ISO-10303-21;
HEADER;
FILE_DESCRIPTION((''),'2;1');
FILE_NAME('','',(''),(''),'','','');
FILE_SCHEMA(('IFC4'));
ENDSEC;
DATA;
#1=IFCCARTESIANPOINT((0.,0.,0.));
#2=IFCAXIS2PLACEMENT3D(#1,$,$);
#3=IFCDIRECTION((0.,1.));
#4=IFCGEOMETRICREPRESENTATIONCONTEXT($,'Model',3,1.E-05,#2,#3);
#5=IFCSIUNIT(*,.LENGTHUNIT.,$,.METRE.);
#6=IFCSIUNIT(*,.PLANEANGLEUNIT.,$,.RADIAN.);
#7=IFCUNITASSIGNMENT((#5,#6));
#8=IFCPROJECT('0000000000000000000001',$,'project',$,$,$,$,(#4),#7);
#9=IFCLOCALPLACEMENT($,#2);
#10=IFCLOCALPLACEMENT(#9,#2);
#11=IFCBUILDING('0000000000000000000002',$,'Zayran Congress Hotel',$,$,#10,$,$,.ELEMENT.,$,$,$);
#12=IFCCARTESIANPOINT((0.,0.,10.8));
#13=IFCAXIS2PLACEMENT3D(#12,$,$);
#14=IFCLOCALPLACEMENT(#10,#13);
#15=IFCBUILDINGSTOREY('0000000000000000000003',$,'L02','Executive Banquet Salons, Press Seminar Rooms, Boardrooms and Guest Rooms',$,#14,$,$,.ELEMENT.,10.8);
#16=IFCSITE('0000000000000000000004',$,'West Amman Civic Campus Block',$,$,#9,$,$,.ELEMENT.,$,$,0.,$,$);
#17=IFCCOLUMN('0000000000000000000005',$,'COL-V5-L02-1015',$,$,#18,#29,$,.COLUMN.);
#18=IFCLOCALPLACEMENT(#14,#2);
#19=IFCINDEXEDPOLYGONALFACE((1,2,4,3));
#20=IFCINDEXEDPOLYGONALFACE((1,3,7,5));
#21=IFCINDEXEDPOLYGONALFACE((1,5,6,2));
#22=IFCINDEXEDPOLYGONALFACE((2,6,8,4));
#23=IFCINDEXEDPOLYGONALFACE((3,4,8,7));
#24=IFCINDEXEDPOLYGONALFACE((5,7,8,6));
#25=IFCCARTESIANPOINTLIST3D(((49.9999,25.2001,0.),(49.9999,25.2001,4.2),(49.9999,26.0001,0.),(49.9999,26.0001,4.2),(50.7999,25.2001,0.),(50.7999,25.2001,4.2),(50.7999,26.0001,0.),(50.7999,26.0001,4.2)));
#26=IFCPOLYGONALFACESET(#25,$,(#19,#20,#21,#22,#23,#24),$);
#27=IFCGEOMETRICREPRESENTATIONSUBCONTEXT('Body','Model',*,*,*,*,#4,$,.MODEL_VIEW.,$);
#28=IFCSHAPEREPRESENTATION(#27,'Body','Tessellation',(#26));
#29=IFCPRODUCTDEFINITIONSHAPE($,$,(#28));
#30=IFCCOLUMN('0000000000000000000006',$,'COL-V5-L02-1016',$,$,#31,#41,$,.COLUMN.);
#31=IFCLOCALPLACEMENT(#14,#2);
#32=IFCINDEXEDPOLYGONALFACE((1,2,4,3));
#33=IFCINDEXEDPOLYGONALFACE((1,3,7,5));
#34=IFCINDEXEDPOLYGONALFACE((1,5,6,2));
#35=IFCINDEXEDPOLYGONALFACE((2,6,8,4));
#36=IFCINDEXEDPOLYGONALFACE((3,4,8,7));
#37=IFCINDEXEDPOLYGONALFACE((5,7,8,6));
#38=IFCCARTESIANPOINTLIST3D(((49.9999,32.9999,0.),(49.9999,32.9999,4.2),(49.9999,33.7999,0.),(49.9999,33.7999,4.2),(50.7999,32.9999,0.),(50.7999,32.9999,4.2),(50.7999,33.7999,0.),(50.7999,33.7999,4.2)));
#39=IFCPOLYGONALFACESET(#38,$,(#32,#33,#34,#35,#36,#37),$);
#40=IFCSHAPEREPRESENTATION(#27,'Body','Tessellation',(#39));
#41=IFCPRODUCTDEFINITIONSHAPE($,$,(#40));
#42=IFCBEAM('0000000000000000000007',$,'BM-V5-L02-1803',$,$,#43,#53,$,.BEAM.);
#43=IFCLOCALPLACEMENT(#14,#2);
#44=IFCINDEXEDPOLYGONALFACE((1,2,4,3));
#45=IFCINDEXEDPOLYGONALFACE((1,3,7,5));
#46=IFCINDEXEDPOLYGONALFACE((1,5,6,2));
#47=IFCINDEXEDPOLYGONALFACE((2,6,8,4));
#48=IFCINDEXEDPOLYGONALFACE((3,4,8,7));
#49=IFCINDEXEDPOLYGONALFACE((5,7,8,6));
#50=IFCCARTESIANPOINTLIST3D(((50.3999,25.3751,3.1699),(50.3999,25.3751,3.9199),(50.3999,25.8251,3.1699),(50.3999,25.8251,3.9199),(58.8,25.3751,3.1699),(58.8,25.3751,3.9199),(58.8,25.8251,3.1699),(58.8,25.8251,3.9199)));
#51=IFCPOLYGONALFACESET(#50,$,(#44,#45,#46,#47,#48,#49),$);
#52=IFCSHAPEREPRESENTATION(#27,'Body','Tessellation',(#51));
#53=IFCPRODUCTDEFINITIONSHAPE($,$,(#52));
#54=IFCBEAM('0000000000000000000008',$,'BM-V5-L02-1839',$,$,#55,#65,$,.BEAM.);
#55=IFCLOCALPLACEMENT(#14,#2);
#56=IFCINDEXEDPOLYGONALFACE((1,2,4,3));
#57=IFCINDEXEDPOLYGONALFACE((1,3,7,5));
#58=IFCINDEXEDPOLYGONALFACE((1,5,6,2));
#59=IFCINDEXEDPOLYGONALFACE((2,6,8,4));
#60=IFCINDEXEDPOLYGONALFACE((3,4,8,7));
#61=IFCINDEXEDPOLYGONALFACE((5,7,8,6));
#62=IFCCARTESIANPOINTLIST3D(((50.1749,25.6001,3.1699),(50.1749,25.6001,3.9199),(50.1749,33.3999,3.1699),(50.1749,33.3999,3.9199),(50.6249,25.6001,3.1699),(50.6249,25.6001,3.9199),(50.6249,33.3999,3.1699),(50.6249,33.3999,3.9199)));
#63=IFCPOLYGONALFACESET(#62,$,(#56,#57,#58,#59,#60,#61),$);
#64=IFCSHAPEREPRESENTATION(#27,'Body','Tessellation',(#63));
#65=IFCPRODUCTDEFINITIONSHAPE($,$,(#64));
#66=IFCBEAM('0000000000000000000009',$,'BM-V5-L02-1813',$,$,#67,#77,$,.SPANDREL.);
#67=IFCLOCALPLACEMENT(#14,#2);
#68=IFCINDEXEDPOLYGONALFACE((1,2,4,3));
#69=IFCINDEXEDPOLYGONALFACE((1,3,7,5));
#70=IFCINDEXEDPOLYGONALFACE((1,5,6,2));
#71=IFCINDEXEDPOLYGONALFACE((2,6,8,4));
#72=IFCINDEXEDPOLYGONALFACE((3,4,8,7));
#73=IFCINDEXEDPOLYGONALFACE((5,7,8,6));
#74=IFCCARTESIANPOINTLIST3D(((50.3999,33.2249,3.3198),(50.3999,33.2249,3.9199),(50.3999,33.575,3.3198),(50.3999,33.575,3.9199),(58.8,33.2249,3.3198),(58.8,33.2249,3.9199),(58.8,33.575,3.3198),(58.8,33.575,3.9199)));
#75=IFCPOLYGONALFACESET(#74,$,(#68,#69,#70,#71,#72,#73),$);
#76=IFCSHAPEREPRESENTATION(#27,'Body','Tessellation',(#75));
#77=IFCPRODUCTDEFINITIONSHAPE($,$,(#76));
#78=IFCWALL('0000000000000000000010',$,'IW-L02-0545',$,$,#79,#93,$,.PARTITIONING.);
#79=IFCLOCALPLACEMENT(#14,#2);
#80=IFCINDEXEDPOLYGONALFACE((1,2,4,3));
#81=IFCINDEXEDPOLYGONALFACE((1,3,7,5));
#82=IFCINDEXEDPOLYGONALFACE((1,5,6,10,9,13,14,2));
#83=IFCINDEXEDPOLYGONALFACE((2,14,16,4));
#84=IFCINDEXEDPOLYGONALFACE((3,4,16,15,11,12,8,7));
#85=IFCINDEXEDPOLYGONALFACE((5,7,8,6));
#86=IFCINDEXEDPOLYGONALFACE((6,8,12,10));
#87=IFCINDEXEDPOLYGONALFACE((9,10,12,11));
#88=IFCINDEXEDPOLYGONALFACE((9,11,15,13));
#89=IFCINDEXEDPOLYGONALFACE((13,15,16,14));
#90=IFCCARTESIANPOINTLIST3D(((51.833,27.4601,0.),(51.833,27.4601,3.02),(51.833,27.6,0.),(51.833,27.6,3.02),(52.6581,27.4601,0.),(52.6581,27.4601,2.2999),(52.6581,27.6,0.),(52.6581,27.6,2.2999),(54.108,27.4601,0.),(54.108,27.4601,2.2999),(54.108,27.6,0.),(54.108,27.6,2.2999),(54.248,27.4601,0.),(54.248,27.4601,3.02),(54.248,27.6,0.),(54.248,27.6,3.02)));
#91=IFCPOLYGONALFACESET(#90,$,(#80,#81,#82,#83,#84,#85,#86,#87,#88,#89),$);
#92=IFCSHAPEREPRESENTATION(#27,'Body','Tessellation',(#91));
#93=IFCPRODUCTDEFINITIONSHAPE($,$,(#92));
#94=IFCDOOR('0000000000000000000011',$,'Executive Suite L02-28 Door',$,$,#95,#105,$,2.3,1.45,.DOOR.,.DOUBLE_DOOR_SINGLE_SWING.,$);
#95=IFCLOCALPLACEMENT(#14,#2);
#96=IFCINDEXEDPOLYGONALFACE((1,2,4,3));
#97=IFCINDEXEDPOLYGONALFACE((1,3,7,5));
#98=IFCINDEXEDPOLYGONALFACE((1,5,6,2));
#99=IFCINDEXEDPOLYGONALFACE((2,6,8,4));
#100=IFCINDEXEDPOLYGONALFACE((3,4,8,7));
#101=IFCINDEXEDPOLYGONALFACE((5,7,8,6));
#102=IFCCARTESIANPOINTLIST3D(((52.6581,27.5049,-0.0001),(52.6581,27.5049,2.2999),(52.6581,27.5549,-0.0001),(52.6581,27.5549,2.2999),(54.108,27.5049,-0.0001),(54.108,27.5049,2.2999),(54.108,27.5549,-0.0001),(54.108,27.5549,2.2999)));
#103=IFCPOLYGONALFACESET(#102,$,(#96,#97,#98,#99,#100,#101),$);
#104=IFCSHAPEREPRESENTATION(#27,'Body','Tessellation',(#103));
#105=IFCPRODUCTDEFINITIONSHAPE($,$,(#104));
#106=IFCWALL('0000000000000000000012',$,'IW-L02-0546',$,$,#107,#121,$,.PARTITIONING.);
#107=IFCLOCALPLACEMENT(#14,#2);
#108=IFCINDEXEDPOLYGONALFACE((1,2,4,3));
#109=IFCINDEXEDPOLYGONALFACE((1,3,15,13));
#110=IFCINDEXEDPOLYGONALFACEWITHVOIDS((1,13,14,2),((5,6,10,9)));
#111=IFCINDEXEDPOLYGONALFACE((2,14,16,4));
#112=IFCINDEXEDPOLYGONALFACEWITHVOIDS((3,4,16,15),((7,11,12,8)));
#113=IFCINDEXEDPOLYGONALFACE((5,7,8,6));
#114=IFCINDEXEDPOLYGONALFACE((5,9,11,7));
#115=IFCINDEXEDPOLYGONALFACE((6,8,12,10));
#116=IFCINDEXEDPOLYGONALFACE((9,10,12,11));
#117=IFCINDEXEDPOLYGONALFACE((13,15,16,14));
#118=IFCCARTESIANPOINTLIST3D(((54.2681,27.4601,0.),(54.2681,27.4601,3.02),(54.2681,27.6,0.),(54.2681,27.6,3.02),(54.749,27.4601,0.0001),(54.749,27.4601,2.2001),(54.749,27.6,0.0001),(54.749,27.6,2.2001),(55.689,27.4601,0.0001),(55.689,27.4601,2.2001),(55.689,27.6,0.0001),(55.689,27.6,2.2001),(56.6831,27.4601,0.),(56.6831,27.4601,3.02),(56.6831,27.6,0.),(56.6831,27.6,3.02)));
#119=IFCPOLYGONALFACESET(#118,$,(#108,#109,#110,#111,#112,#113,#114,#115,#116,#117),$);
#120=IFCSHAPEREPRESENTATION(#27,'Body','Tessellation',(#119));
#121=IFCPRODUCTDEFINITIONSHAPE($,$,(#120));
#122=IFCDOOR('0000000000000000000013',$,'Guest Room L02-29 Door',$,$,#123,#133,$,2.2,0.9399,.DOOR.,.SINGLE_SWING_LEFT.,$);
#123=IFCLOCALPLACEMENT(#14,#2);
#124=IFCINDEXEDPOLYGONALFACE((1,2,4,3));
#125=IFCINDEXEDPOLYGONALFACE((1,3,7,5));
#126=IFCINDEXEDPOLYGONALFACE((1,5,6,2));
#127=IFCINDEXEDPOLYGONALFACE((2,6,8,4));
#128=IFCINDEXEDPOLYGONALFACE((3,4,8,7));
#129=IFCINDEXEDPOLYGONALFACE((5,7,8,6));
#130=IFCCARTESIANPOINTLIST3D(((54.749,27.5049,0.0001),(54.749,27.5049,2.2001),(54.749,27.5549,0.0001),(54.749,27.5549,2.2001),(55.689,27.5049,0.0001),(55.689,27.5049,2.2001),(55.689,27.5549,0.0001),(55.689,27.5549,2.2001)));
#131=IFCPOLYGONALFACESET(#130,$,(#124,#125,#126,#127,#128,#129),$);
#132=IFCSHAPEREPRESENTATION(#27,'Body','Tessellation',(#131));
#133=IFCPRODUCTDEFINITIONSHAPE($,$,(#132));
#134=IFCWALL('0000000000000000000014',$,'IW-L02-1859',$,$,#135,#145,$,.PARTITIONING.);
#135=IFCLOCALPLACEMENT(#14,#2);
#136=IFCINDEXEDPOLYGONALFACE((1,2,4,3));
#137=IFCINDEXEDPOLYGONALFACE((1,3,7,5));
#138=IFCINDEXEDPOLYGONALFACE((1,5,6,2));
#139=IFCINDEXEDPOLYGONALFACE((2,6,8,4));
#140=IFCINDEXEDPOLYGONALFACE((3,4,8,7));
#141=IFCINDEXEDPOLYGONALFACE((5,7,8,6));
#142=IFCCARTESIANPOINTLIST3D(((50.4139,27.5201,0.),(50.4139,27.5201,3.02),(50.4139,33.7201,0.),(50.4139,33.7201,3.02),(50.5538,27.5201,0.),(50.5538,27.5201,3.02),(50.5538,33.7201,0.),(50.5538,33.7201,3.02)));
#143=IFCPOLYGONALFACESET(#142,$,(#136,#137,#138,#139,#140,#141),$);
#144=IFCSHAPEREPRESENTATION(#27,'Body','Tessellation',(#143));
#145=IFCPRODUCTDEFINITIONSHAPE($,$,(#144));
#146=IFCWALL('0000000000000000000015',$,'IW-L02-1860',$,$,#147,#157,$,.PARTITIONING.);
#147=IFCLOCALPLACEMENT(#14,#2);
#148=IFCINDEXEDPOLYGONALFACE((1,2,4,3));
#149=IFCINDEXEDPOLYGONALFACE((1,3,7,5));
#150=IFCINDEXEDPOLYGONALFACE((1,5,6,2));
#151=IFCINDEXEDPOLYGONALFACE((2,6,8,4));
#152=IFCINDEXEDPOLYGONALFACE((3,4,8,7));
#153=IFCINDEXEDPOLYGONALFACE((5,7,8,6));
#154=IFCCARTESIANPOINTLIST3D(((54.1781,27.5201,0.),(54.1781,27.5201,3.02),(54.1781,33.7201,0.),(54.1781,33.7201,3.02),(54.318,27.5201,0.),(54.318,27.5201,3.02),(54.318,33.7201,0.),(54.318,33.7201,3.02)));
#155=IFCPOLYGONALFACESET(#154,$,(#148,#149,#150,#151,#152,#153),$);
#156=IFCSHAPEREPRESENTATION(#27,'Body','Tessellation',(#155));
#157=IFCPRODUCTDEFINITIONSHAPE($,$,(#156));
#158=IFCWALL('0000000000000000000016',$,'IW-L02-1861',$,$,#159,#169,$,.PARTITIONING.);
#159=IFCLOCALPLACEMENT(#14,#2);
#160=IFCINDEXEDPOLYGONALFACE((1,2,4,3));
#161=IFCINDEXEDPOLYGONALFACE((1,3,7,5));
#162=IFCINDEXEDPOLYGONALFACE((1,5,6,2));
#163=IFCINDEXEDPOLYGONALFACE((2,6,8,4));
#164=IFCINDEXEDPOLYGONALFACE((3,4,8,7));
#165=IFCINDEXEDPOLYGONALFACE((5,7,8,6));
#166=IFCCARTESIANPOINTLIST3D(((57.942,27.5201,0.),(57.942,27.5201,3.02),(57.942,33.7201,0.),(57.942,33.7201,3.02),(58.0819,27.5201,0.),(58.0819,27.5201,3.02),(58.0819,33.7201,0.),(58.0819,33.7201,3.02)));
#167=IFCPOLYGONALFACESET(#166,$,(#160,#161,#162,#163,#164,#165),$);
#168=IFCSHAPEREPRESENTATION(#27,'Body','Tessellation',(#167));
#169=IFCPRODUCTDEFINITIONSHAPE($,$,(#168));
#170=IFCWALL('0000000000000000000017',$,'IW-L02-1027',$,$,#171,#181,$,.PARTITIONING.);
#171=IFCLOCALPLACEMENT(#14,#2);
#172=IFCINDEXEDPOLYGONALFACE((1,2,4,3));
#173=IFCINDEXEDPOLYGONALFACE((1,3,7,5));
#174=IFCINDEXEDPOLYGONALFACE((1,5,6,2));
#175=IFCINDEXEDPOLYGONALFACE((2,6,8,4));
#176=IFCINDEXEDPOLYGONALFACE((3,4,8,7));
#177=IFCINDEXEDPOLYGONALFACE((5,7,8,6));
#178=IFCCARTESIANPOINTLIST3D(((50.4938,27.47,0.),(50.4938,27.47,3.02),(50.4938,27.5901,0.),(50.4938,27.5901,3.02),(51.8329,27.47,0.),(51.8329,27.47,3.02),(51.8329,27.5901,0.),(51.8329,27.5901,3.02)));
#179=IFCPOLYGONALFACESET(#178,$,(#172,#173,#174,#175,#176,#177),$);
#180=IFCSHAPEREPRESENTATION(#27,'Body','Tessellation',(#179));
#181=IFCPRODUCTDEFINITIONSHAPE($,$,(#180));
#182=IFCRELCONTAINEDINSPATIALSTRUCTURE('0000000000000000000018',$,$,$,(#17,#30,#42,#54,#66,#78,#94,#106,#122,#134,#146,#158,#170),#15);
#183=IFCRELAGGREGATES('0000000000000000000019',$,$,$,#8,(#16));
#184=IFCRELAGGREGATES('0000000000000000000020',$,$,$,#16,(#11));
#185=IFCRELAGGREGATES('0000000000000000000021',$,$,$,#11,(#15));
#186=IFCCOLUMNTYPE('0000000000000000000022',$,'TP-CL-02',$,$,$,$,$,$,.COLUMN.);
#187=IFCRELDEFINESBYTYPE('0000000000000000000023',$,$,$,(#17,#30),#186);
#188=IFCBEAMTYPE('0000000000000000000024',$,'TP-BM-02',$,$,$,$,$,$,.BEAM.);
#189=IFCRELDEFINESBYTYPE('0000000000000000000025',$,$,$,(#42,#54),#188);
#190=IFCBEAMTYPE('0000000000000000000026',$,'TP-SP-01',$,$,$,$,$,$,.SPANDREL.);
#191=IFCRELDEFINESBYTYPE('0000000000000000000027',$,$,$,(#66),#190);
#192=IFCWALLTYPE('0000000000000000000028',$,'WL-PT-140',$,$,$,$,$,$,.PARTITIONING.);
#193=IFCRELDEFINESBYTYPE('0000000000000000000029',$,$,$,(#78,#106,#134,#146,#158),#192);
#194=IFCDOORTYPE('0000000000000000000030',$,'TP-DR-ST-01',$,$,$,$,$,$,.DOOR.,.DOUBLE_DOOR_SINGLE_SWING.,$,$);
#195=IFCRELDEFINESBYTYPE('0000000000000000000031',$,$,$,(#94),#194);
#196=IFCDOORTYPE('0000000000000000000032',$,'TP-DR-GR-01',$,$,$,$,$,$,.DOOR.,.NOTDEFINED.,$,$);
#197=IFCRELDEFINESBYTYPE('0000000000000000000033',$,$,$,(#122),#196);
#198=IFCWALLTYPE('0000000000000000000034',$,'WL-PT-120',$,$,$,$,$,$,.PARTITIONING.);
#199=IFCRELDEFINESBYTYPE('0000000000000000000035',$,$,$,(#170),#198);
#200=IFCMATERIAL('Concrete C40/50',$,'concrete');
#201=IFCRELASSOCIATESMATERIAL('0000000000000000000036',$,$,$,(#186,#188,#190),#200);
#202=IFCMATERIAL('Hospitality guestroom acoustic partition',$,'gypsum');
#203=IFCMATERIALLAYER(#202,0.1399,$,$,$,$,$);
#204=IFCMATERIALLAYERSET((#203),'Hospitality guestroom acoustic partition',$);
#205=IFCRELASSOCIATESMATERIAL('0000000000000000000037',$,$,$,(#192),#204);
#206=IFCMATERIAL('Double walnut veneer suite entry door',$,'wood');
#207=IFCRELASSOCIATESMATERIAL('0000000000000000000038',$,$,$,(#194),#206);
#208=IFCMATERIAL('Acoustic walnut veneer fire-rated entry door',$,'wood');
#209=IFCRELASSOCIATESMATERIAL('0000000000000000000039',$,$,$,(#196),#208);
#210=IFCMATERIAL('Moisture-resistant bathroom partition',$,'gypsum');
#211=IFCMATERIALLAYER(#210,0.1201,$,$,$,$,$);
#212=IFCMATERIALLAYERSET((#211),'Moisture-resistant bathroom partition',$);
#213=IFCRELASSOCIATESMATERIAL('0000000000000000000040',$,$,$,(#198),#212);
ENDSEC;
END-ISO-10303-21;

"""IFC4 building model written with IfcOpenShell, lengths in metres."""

from ifc_helpers import new_model, si_unit, direction, frame, frame_2d, origin, origin_2d, place, context, subcontext, project, spatial, rectangle, extrude, material, layer, layer_set, material_profile, profile_set, type_object, element, fill, save


model = new_model("IFC4")

# Units and contexts
model_context = context("Model", 3, precision=1e-05, world=origin(), true_north=direction((0.0, 1.0)))
body_context = subcontext(model_context, "Body", "Model", "MODEL_VIEW")
ifc_project = project(units=[si_unit("LENGTHUNIT", "METRE"), si_unit("PLANEANGLEUNIT", "RADIAN")], contexts=[model_context])

# Site, building, storey
site_placement = place(None, origin())
site = spatial("IfcSite", under=ifc_project, at=site_placement, Name="West Amman Civic Campus Block", CompositionType="ELEMENT", RefElevation=0.0)
building_placement = place(site_placement, origin())
building = spatial("IfcBuilding", under=site, at=building_placement, Name="Zayran Congress Hotel", CompositionType="ELEMENT")
storey_placement = place(building_placement, frame((0.0, 0.0, 10.8)))
storey = spatial("IfcBuildingStorey", under=building, at=storey_placement, Name="L02", Description="Executive Banquet Salons, Press Seminar Rooms, Boardrooms and Guest Rooms", CompositionType="ELEMENT", Elevation=10.8)

# Columns
ifc_material_1 = material(Name="Concrete C40/50", Category="concrete")
ifc_material_profile_1 = material_profile(ifc_material_1, rectangle(XDim=0.8, YDim=0.8, at=origin_2d()), Name="RC 800x800")
ifc_profile_set_1 = profile_set([ifc_material_profile_1], Name="Concrete C40/50")
column_type = type_object("IfcColumnType", Name="TP-CL-02", PredefinedType="COLUMN", material=ifc_profile_set_1)
for number, where, z_axis, x_axis, name in (
    (1, (50.3999, 25.6001, 0.0), (0.0, 0.0, 1.0), (1.0, 0.0, 0.0), "COL-V5-L02-1015"),
    (2, (50.3999, 33.3999, 0.0), (0.0, 0.0, 1.0), (1.0, 0.0, 0.0), "COL-V5-L02-1016"),
):
    element("IfcColumn", number, at=place(storey_placement, frame(where, z_axis=z_axis, x_axis=x_axis)), inside=storey, type_object=column_type, Name=name, PredefinedType="COLUMN", context=body_context, shape_type="SweptSolid", body=[
        extrude(rectangle(XDim=0.8, YDim=0.8, at=origin_2d()), origin(), (0.0, 0.0, 1.0), 4.2),
    ])

# Beams
ifc_material_profile_2 = material_profile(ifc_material_1, rectangle(XDim=0.45, YDim=0.75, at=origin_2d()), Name="RC 450x750")
ifc_profile_set_2 = profile_set([ifc_material_profile_2], Name="Concrete C40/50")
beam_type_1 = type_object("IfcBeamType", Name="TP-BM-02", PredefinedType="BEAM", material=ifc_profile_set_2)
beam_1_placement = place(storey_placement, frame((50.3999, 25.6001, 3.5449), z_axis=(1.0, 0.0, 0.0), x_axis=(0.0, 1.0, 0.0)))
element("IfcBeam", 3, at=beam_1_placement, inside=storey, type_object=beam_type_1, Name="BM-V5-L02-1803", PredefinedType="BEAM", context=body_context, shape_type="SweptSolid", body=[
    extrude(rectangle(XDim=0.45, YDim=0.75, at=origin_2d()), origin(), (0.0, 0.0, 1.0), 8.4001),
])
beam_2_placement = place(storey_placement, frame((50.3999, 25.6001, 3.5449), z_axis=(0.0, 1.0, 0.0), x_axis=(-1.0, 0.0, 0.0)))
element("IfcBeam", 4, at=beam_2_placement, inside=storey, type_object=beam_type_1, Name="BM-V5-L02-1839", PredefinedType="BEAM", context=body_context, shape_type="SweptSolid", body=[
    extrude(rectangle(XDim=0.45, YDim=0.75, at=origin_2d()), origin(), (0.0, 0.0, 1.0), 7.7998),
])
ifc_material_profile_3 = material_profile(ifc_material_1, rectangle(XDim=0.3501, YDim=0.6001, at=origin_2d()), Name="RC 350x600")
ifc_profile_set_3 = profile_set([ifc_material_profile_3], Name="Concrete C40/50")
beam_type_2 = type_object("IfcBeamType", Name="TP-SP-01", PredefinedType="SPANDREL", material=ifc_profile_set_3)
beam_3_placement = place(storey_placement, frame((50.3999, 33.3999, 3.6199), z_axis=(1.0, 0.0, 0.0), x_axis=(0.0, 1.0, 0.0)))
element("IfcBeam", 5, at=beam_3_placement, inside=storey, type_object=beam_type_2, Name="BM-V5-L02-1813", PredefinedType="SPANDREL", context=body_context, shape_type="SweptSolid", body=[
    extrude(rectangle(XDim=0.3501, YDim=0.6001, at=origin_2d()), origin(), (0.0, 0.0, 1.0), 8.4001),
])

# Walls, openings, doors
ifc_material_2 = material(Name="Hospitality guestroom acoustic partition", Category="gypsum")
ifc_layer_1 = layer(ifc_material_2, 0.1399)
ifc_layer_set_1 = layer_set([ifc_layer_1], Name="Hospitality guestroom acoustic partition")
wall_type_1 = type_object("IfcWallType", Name="WL-PT-140", PredefinedType="PARTITIONING", material=ifc_layer_set_1)
wall_1_placement = place(storey_placement, frame((51.833, 27.53, 0.0), z_axis=(0.0, 0.0, 1.0), x_axis=(1.0, 0.0, 0.0)))
wall_1 = element("IfcWall", 6, at=wall_1_placement, inside=storey, type_object=wall_type_1, Name="IW-L02-0545", PredefinedType="PARTITIONING", context=body_context, shape_type="SweptSolid", body=[
    extrude(rectangle(XDim=2.415, YDim=0.1399, at=frame_2d((1.2075, 0.0))), origin(), (0.0, 0.0, 1.0), 3.02),
])
opening_1_placement = place(wall_1_placement, frame((0.825, 0.0, 0.0)))
opening_1 = element("IfcOpeningElement", 7, at=opening_1_placement, cuts=wall_1, PredefinedType="OPENING", context=body_context, shape_type="SweptSolid", body=[
    extrude(rectangle(XDim=1.45, YDim=2.3, at=frame_2d((0.7251, 1.1499))), frame((0.0, 0.0798, 0.0), z_axis=(0.0, -1.0, 0.0), x_axis=(1.0, 0.0, 0.0)), (0.0, 0.0, 1.0), 0.1599),
])
ifc_material_3 = material(Name="Double walnut veneer suite entry door", Category="wood")
door_type_1 = type_object("IfcDoorType", Name="TP-DR-ST-01", OperationType="DOUBLE_DOOR_SINGLE_SWING", PredefinedType="DOOR", material=ifc_material_3)
door_1_placement = place(opening_1_placement, origin())
door_1 = element("IfcDoor", 8, at=door_1_placement, inside=storey, type_object=door_type_1, Name="Executive Suite L02-28 Door", OperationType="DOUBLE_DOOR_SINGLE_SWING", OverallHeight=2.3, OverallWidth=1.45, PredefinedType="DOOR", context=body_context, shape_type="SweptSolid", body=[
    extrude(rectangle(XDim=1.45, YDim=2.3, at=frame_2d((0.7251, 1.1499))), frame((0.0, 0.0249, 0.0), z_axis=(0.0, -1.0, 0.0), x_axis=(1.0, 0.0, 0.0)), (0.0, 0.0, 1.0), 0.05),
])
fill(opening_1, door_1)
wall_2_placement = place(storey_placement, frame((54.2681, 27.53, 0.0), z_axis=(0.0, 0.0, 1.0), x_axis=(1.0, 0.0, 0.0)))
wall_2 = element("IfcWall", 9, at=wall_2_placement, inside=storey, type_object=wall_type_1, Name="IW-L02-0546", PredefinedType="PARTITIONING", context=body_context, shape_type="SweptSolid", body=[
    extrude(rectangle(XDim=2.415, YDim=0.1399, at=frame_2d((1.2075, 0.0))), origin(), (0.0, 0.0, 1.0), 3.02),
])
opening_2_placement = place(wall_2_placement, frame((0.481, 0.0, 0.0)))
opening_2 = element("IfcOpeningElement", 10, at=opening_2_placement, cuts=wall_2, PredefinedType="OPENING", context=body_context, shape_type="SweptSolid", body=[
    extrude(rectangle(XDim=0.9399, YDim=2.2, at=frame_2d((0.47, 1.1001))), frame((0.0, 0.0798, 0.0), z_axis=(0.0, -1.0, 0.0), x_axis=(1.0, 0.0, 0.0)), (0.0, 0.0, 1.0), 0.1599),
])
ifc_material_4 = material(Name="Acoustic walnut veneer fire-rated entry door", Category="wood")
door_type_2 = type_object("IfcDoorType", Name="TP-DR-GR-01", OperationType="NOTDEFINED", PredefinedType="DOOR", material=ifc_material_4)
door_2_placement = place(opening_2_placement, origin())
door_2 = element("IfcDoor", 11, at=door_2_placement, inside=storey, type_object=door_type_2, Name="Guest Room L02-29 Door", OperationType="SINGLE_SWING_LEFT", OverallHeight=2.2, OverallWidth=0.9399, PredefinedType="DOOR", context=body_context, shape_type="SweptSolid", body=[
    extrude(rectangle(XDim=0.9399, YDim=2.2, at=frame_2d((0.47, 1.1001))), frame((0.0, 0.0249, 0.0), z_axis=(0.0, -1.0, 0.0), x_axis=(1.0, 0.0, 0.0)), (0.0, 0.0, 1.0), 0.05),
])
fill(opening_2, door_2)

# Walls
for number, where, z_axis, x_axis, name in (
    (12, (50.4839, 27.52, 0.0), (0.0, 0.0, 1.0), (0.0, 1.0, 0.0), "IW-L02-1859"),
    (13, (54.248, 27.52, 0.0), (0.0, 0.0, 1.0), (0.0, 1.0, 0.0), "IW-L02-1860"),
    (14, (58.012, 27.52, 0.0), (0.0, 0.0, 1.0), (0.0, 1.0, 0.0), "IW-L02-1861"),
):
    element("IfcWall", number, at=place(storey_placement, frame(where, z_axis=z_axis, x_axis=x_axis)), inside=storey, type_object=wall_type_1, Name=name, PredefinedType="PARTITIONING", context=body_context, shape_type="SweptSolid", body=[
        extrude(rectangle(XDim=6.2, YDim=0.1399, at=frame_2d((3.1001, 0.0))), origin(), (0.0, 0.0, 1.0), 3.02),
    ])

# Shared definitions
ifc_material_5 = material(Name="Moisture-resistant bathroom partition", Category="gypsum")
ifc_layer_2 = layer(ifc_material_5, 0.1201)
ifc_layer_set_2 = layer_set([ifc_layer_2], Name="Moisture-resistant bathroom partition")
wall_type_2 = type_object("IfcWallType", Name="WL-PT-120", PredefinedType="PARTITIONING", material=ifc_layer_set_2)

# Wall
wall_3_placement = place(storey_placement, frame((50.4939, 27.53, 0.0), z_axis=(0.0, 0.0, 1.0), x_axis=(1.0, 0.0, 0.0)))
element("IfcWall", 15, at=wall_3_placement, inside=storey, type_object=wall_type_2, Name="IW-L02-1027", PredefinedType="PARTITIONING", context=body_context, shape_type="SweptSolid", body=[
    extrude(rectangle(XDim=1.3391, YDim=0.1201, at=frame_2d((0.6694, 0.0))), origin(), (0.0, 0.0, 1.0), 3.02),
])

save(model, "model.ifc")
